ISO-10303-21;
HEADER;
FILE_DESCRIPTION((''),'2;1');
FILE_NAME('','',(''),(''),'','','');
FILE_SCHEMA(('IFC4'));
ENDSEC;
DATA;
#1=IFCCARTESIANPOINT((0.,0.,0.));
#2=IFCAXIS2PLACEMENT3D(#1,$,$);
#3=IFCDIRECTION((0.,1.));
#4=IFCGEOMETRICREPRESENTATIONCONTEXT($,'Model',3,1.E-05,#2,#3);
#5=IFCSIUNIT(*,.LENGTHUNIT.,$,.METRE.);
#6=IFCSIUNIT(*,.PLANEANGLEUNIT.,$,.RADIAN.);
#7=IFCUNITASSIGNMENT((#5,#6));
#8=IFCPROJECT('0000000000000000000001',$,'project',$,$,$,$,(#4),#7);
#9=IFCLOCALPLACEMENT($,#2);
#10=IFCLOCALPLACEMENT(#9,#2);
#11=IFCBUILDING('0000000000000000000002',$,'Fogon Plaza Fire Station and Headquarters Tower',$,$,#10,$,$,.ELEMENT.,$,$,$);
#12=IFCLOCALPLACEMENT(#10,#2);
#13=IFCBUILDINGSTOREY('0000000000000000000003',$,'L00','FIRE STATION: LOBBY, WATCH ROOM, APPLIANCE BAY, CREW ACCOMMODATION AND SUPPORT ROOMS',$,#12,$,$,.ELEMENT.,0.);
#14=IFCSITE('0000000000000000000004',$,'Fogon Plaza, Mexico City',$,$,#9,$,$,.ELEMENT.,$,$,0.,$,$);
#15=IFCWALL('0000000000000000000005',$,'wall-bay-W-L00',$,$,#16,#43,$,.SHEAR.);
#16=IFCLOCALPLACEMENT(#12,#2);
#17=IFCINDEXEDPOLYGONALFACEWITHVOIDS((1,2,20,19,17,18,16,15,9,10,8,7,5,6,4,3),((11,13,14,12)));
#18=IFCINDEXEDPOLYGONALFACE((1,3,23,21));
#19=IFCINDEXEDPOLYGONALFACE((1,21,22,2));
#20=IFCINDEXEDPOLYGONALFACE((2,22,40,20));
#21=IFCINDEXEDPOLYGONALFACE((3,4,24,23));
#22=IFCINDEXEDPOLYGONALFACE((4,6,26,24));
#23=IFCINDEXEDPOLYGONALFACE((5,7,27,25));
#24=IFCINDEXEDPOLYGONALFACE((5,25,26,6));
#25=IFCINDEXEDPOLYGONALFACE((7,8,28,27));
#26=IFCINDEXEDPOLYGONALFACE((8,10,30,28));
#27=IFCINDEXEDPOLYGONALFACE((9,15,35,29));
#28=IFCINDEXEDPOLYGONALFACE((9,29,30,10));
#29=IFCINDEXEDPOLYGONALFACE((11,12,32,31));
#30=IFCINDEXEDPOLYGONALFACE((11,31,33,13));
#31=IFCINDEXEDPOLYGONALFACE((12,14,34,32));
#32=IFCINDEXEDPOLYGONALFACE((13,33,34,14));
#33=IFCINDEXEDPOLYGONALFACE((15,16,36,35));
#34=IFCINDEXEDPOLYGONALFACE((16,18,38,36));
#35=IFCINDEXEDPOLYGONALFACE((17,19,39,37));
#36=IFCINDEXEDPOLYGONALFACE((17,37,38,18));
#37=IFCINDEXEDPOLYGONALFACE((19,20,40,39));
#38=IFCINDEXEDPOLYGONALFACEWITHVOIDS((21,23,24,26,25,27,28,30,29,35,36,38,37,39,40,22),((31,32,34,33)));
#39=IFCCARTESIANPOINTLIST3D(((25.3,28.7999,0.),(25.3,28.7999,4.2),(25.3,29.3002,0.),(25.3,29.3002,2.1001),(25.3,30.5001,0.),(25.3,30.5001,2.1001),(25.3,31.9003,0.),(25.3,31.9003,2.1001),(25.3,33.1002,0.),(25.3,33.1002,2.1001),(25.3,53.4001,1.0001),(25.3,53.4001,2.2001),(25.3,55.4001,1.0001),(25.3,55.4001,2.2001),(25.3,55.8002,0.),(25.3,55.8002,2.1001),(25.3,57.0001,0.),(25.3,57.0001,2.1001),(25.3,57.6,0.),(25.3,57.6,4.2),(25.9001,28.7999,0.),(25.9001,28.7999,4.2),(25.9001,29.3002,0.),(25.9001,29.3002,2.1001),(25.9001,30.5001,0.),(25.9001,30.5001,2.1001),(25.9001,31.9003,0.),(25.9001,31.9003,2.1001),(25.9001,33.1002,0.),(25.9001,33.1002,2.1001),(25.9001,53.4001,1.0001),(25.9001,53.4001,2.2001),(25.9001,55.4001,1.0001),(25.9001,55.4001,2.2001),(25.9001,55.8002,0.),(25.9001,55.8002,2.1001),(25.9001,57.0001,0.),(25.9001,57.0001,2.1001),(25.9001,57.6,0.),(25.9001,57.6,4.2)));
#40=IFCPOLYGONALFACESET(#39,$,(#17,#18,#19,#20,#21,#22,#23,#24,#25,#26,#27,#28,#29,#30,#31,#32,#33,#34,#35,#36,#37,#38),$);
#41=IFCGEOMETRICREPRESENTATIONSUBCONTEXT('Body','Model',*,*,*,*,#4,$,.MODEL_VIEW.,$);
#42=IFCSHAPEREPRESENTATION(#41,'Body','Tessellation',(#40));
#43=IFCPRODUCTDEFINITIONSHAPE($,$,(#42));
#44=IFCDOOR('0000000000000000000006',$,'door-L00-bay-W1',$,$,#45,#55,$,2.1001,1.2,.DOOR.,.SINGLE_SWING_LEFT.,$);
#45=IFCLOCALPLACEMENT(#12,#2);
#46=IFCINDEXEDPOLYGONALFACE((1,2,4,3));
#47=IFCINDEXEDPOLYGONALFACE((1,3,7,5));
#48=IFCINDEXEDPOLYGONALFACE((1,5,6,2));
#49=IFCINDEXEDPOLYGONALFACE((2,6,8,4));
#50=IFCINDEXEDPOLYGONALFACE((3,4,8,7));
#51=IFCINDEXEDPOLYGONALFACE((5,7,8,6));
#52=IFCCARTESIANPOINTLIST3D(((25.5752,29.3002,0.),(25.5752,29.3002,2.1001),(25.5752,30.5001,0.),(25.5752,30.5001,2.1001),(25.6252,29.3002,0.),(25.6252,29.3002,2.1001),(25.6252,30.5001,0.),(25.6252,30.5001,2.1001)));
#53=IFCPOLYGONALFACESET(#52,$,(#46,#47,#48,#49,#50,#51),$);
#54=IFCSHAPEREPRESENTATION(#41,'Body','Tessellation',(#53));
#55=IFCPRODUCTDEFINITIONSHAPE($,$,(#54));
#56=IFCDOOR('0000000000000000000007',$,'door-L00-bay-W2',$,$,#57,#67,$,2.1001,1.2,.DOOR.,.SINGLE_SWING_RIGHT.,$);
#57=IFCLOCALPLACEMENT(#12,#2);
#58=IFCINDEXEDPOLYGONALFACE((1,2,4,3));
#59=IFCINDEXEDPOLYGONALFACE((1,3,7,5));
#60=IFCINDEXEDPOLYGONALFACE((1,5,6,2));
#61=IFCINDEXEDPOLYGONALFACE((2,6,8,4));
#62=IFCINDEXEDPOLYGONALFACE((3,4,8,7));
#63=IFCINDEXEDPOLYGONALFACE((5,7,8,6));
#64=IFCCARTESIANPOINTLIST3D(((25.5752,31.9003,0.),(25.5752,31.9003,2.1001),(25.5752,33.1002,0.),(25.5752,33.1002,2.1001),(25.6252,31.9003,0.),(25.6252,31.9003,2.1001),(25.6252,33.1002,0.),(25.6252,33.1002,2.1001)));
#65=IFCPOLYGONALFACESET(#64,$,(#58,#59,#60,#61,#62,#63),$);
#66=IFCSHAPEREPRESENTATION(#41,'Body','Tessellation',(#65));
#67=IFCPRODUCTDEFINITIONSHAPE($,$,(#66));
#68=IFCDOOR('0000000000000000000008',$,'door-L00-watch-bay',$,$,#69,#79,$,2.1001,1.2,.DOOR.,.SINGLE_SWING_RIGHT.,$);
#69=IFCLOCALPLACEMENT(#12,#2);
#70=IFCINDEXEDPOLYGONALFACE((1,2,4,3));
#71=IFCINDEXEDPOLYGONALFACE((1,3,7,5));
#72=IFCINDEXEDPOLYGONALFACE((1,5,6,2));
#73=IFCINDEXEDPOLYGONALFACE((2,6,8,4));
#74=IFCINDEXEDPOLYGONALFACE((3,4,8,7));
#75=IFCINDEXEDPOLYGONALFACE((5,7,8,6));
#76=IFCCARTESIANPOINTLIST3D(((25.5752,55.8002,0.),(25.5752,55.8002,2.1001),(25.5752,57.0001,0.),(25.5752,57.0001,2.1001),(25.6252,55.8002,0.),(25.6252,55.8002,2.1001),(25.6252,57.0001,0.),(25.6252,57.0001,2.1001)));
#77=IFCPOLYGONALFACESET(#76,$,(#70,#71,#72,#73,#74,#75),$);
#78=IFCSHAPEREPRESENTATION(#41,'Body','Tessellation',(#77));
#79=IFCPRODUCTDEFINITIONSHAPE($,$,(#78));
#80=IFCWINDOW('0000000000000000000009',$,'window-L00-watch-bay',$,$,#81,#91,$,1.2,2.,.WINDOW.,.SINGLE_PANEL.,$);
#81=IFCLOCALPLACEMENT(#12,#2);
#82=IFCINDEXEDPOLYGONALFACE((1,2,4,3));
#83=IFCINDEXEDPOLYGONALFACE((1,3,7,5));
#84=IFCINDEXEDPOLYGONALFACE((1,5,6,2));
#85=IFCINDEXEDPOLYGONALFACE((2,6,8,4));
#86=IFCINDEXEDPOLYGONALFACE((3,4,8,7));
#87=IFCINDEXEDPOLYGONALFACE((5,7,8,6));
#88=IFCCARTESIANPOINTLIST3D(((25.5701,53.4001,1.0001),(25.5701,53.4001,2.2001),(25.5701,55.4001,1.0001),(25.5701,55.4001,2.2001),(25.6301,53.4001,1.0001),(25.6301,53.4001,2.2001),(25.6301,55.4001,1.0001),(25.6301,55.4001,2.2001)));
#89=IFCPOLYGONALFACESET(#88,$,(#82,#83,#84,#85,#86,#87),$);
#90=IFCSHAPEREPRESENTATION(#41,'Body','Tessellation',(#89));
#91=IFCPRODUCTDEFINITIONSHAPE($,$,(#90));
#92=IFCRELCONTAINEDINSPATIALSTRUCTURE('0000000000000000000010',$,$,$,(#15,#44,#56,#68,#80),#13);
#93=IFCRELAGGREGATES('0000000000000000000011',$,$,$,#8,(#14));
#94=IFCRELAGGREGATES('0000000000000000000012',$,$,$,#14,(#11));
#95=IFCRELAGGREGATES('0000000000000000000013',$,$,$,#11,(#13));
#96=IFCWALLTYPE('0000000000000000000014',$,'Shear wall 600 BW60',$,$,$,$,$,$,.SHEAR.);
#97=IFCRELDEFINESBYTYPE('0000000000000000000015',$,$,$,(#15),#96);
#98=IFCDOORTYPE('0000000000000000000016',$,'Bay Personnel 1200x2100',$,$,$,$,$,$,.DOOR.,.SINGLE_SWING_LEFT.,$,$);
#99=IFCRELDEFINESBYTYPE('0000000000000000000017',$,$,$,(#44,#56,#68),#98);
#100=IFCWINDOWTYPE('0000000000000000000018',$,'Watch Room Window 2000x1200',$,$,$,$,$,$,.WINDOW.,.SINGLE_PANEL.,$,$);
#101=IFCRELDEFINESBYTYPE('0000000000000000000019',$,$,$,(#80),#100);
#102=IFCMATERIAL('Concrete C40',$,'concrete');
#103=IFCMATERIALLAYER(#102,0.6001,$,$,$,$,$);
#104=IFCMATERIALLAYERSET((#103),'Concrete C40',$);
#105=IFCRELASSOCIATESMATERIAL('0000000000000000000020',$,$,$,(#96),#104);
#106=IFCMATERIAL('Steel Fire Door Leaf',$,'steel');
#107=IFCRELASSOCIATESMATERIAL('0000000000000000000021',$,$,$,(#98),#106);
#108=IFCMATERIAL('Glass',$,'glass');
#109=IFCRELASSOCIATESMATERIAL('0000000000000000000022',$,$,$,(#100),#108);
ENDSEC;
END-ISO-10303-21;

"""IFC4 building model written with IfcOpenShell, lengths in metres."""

from ifc_helpers import new_model, si_unit, direction, frame, frame_2d, origin, place, context, subcontext, project, spatial, rectangle, extrude, material, layer, layer_set, type_object, element, fill, save


model = new_model("IFC4")

# Units and contexts
model_context = context("Model", 3, precision=1e-05, world=origin(), true_north=direction((0.0, 1.0)))
body_context = subcontext(model_context, "Body", "Model", "MODEL_VIEW")
ifc_project = project(units=[si_unit("LENGTHUNIT", "METRE"), si_unit("PLANEANGLEUNIT", "RADIAN")], contexts=[model_context])

# Site, building, storey
site_placement = place(None, origin())
site = spatial("IfcSite", under=ifc_project, at=site_placement, Name="Fogon Plaza, Mexico City", CompositionType="ELEMENT", RefElevation=0.0)
building_placement = place(site_placement, origin())
building = spatial("IfcBuilding", under=site, at=building_placement, Name="Fogon Plaza Fire Station and Headquarters Tower", CompositionType="ELEMENT")
storey_placement = place(building_placement, origin())
storey = spatial("IfcBuildingStorey", under=building, at=storey_placement, Name="L00", Description="FIRE STATION: LOBBY, WATCH ROOM, APPLIANCE BAY, CREW ACCOMMODATION AND SUPPORT ROOMS", CompositionType="ELEMENT", Elevation=0.0)

# Wall, openings, doors, window
ifc_material_1 = material(Name="Concrete C40", Category="concrete")
ifc_layer_1 = layer(ifc_material_1, 0.6001)
ifc_layer_set_1 = layer_set([ifc_layer_1], Name="Concrete C40")
wall_type_1 = type_object("IfcWallType", Name="Shear wall 600 BW60", PredefinedType="SHEAR", material=ifc_layer_set_1)
wall_1_placement = place(storey_placement, frame((25.6001, 28.8, 0.0), z_axis=(0.0, 0.0, 1.0), x_axis=(0.0, 1.0, 0.0)))
wall_1 = element("IfcWall", 1, at=wall_1_placement, inside=storey, type_object=wall_type_1, Name="wall-bay-W-L00", PredefinedType="SHEAR", context=body_context, shape_type="SweptSolid", body=[
    extrude(rectangle(XDim=28.8, YDim=0.6001, at=frame_2d((14.3999, 0.0))), origin(), (0.0, 0.0, 1.0), 4.2),
])
opening_1_placement = place(wall_1_placement, frame((0.5, 0.0, 0.0)))
opening_1 = element("IfcOpeningElement", 2, at=opening_1_placement, cuts=wall_1, PredefinedType="OPENING", context=body_context, shape_type="SweptSolid", body=[
    extrude(rectangle(XDim=1.2, YDim=2.1001, at=frame_2d((0.6001, 1.05))), frame((0.0, 0.3101, 0.0), z_axis=(0.0, -1.0, 0.0), x_axis=(1.0, 0.0, 0.0)), (0.0, 0.0, 1.0), 0.6201),
])
opening_2_placement = place(wall_1_placement, frame((3.1001, 0.0, 0.0)))
opening_2 = element("IfcOpeningElement", 3, at=opening_2_placement, cuts=wall_1, PredefinedType="OPENING", context=body_context, shape_type="SweptSolid", body=[
    extrude(rectangle(XDim=1.2, YDim=2.1001, at=frame_2d((0.6001, 1.05))), frame((0.0, 0.3101, 0.0), z_axis=(0.0, -1.0, 0.0), x_axis=(1.0, 0.0, 0.0)), (0.0, 0.0, 1.0), 0.6201),
])
opening_3_placement = place(wall_1_placement, frame((27.0, 0.0, 0.0)))
opening_3 = element("IfcOpeningElement", 4, at=opening_3_placement, cuts=wall_1, PredefinedType="OPENING", context=body_context, shape_type="SweptSolid", body=[
    extrude(rectangle(XDim=1.2, YDim=2.1001, at=frame_2d((0.6001, 1.05))), frame((0.0, 0.3101, 0.0), z_axis=(0.0, -1.0, 0.0), x_axis=(1.0, 0.0, 0.0)), (0.0, 0.0, 1.0), 0.6201),
])
opening_4_placement = place(wall_1_placement, frame((24.6001, 0.0, 1.0)))
opening_4 = element("IfcOpeningElement", 5, at=opening_4_placement, cuts=wall_1, PredefinedType="OPENING", context=body_context, shape_type="SweptSolid", body=[
    extrude(rectangle(XDim=2.0, YDim=1.2, at=frame_2d((1.0, 0.6001))), frame((0.0, 0.3101, 0.0), z_axis=(0.0, -1.0, 0.0), x_axis=(1.0, 0.0, 0.0)), (0.0, 0.0, 1.0), 0.6201),
])
ifc_material_2 = material(Name="Steel Fire Door Leaf", Category="steel")
door_type_1 = type_object("IfcDoorType", Name="Bay Personnel 1200x2100", OperationType="SINGLE_SWING_LEFT", PredefinedType="DOOR", material=ifc_material_2)
door_1_placement = place(opening_1_placement, origin())
door_1 = element("IfcDoor", 6, at=door_1_placement, inside=storey, type_object=door_type_1, Name="door-L00-bay-W1", OperationType="SINGLE_SWING_LEFT", OverallHeight=2.1001, OverallWidth=1.2, PredefinedType="DOOR", context=body_context, shape_type="SweptSolid", body=[
    extrude(rectangle(XDim=1.2, YDim=2.1001, at=frame_2d((0.6001, 1.05))), frame((0.0, 0.0249, 0.0), z_axis=(0.0, -1.0, 0.0), x_axis=(1.0, 0.0, 0.0)), (0.0, 0.0, 1.0), 0.05),
])
fill(opening_1, door_1)
door_2_placement = place(opening_2_placement, origin())
door_2 = element("IfcDoor", 7, at=door_2_placement, inside=storey, type_object=door_type_1, Name="door-L00-bay-W2", OperationType="SINGLE_SWING_RIGHT", OverallHeight=2.1001, OverallWidth=1.2, PredefinedType="DOOR", context=body_context, shape_type="SweptSolid", body=[
    extrude(rectangle(XDim=1.2, YDim=2.1001, at=frame_2d((0.6001, 1.05))), frame((0.0, 0.0249, 0.0), z_axis=(0.0, -1.0, 0.0), x_axis=(1.0, 0.0, 0.0)), (0.0, 0.0, 1.0), 0.05),
])
fill(opening_2, door_2)
door_3_placement = place(opening_3_placement, origin())
door_3 = element("IfcDoor", 8, at=door_3_placement, inside=storey, type_object=door_type_1, Name="door-L00-watch-bay", OperationType="SINGLE_SWING_RIGHT", OverallHeight=2.1001, OverallWidth=1.2, PredefinedType="DOOR", context=body_context, shape_type="SweptSolid", body=[
    extrude(rectangle(XDim=1.2, YDim=2.1001, at=frame_2d((0.6001, 1.05))), frame((0.0, 0.0249, 0.0), z_axis=(0.0, -1.0, 0.0), x_axis=(1.0, 0.0, 0.0)), (0.0, 0.0, 1.0), 0.05),
])
fill(opening_3, door_3)
ifc_material_3 = material(Name="Glass", Category="glass")
window_type_1 = type_object("IfcWindowType", Name="Watch Room Window 2000x1200", PartitioningType="SINGLE_PANEL", PredefinedType="WINDOW", material=ifc_material_3)
window_1_placement = place(opening_4_placement, origin())
window_1 = element("IfcWindow", 9, at=window_1_placement, inside=storey, type_object=window_type_1, Name="window-L00-watch-bay", OverallHeight=1.2, OverallWidth=2.0, PartitioningType="SINGLE_PANEL", PredefinedType="WINDOW", context=body_context, shape_type="SweptSolid", body=[
    extrude(rectangle(XDim=2.0, YDim=1.2, at=frame_2d((1.0, 0.6001))), frame((0.0, 0.03, 0.0), z_axis=(0.0, -1.0, 0.0), x_axis=(1.0, 0.0, 0.0)), (0.0, 0.0, 1.0), 0.0601),
])
fill(opening_4, window_1)

save(model, "model.ifc")
